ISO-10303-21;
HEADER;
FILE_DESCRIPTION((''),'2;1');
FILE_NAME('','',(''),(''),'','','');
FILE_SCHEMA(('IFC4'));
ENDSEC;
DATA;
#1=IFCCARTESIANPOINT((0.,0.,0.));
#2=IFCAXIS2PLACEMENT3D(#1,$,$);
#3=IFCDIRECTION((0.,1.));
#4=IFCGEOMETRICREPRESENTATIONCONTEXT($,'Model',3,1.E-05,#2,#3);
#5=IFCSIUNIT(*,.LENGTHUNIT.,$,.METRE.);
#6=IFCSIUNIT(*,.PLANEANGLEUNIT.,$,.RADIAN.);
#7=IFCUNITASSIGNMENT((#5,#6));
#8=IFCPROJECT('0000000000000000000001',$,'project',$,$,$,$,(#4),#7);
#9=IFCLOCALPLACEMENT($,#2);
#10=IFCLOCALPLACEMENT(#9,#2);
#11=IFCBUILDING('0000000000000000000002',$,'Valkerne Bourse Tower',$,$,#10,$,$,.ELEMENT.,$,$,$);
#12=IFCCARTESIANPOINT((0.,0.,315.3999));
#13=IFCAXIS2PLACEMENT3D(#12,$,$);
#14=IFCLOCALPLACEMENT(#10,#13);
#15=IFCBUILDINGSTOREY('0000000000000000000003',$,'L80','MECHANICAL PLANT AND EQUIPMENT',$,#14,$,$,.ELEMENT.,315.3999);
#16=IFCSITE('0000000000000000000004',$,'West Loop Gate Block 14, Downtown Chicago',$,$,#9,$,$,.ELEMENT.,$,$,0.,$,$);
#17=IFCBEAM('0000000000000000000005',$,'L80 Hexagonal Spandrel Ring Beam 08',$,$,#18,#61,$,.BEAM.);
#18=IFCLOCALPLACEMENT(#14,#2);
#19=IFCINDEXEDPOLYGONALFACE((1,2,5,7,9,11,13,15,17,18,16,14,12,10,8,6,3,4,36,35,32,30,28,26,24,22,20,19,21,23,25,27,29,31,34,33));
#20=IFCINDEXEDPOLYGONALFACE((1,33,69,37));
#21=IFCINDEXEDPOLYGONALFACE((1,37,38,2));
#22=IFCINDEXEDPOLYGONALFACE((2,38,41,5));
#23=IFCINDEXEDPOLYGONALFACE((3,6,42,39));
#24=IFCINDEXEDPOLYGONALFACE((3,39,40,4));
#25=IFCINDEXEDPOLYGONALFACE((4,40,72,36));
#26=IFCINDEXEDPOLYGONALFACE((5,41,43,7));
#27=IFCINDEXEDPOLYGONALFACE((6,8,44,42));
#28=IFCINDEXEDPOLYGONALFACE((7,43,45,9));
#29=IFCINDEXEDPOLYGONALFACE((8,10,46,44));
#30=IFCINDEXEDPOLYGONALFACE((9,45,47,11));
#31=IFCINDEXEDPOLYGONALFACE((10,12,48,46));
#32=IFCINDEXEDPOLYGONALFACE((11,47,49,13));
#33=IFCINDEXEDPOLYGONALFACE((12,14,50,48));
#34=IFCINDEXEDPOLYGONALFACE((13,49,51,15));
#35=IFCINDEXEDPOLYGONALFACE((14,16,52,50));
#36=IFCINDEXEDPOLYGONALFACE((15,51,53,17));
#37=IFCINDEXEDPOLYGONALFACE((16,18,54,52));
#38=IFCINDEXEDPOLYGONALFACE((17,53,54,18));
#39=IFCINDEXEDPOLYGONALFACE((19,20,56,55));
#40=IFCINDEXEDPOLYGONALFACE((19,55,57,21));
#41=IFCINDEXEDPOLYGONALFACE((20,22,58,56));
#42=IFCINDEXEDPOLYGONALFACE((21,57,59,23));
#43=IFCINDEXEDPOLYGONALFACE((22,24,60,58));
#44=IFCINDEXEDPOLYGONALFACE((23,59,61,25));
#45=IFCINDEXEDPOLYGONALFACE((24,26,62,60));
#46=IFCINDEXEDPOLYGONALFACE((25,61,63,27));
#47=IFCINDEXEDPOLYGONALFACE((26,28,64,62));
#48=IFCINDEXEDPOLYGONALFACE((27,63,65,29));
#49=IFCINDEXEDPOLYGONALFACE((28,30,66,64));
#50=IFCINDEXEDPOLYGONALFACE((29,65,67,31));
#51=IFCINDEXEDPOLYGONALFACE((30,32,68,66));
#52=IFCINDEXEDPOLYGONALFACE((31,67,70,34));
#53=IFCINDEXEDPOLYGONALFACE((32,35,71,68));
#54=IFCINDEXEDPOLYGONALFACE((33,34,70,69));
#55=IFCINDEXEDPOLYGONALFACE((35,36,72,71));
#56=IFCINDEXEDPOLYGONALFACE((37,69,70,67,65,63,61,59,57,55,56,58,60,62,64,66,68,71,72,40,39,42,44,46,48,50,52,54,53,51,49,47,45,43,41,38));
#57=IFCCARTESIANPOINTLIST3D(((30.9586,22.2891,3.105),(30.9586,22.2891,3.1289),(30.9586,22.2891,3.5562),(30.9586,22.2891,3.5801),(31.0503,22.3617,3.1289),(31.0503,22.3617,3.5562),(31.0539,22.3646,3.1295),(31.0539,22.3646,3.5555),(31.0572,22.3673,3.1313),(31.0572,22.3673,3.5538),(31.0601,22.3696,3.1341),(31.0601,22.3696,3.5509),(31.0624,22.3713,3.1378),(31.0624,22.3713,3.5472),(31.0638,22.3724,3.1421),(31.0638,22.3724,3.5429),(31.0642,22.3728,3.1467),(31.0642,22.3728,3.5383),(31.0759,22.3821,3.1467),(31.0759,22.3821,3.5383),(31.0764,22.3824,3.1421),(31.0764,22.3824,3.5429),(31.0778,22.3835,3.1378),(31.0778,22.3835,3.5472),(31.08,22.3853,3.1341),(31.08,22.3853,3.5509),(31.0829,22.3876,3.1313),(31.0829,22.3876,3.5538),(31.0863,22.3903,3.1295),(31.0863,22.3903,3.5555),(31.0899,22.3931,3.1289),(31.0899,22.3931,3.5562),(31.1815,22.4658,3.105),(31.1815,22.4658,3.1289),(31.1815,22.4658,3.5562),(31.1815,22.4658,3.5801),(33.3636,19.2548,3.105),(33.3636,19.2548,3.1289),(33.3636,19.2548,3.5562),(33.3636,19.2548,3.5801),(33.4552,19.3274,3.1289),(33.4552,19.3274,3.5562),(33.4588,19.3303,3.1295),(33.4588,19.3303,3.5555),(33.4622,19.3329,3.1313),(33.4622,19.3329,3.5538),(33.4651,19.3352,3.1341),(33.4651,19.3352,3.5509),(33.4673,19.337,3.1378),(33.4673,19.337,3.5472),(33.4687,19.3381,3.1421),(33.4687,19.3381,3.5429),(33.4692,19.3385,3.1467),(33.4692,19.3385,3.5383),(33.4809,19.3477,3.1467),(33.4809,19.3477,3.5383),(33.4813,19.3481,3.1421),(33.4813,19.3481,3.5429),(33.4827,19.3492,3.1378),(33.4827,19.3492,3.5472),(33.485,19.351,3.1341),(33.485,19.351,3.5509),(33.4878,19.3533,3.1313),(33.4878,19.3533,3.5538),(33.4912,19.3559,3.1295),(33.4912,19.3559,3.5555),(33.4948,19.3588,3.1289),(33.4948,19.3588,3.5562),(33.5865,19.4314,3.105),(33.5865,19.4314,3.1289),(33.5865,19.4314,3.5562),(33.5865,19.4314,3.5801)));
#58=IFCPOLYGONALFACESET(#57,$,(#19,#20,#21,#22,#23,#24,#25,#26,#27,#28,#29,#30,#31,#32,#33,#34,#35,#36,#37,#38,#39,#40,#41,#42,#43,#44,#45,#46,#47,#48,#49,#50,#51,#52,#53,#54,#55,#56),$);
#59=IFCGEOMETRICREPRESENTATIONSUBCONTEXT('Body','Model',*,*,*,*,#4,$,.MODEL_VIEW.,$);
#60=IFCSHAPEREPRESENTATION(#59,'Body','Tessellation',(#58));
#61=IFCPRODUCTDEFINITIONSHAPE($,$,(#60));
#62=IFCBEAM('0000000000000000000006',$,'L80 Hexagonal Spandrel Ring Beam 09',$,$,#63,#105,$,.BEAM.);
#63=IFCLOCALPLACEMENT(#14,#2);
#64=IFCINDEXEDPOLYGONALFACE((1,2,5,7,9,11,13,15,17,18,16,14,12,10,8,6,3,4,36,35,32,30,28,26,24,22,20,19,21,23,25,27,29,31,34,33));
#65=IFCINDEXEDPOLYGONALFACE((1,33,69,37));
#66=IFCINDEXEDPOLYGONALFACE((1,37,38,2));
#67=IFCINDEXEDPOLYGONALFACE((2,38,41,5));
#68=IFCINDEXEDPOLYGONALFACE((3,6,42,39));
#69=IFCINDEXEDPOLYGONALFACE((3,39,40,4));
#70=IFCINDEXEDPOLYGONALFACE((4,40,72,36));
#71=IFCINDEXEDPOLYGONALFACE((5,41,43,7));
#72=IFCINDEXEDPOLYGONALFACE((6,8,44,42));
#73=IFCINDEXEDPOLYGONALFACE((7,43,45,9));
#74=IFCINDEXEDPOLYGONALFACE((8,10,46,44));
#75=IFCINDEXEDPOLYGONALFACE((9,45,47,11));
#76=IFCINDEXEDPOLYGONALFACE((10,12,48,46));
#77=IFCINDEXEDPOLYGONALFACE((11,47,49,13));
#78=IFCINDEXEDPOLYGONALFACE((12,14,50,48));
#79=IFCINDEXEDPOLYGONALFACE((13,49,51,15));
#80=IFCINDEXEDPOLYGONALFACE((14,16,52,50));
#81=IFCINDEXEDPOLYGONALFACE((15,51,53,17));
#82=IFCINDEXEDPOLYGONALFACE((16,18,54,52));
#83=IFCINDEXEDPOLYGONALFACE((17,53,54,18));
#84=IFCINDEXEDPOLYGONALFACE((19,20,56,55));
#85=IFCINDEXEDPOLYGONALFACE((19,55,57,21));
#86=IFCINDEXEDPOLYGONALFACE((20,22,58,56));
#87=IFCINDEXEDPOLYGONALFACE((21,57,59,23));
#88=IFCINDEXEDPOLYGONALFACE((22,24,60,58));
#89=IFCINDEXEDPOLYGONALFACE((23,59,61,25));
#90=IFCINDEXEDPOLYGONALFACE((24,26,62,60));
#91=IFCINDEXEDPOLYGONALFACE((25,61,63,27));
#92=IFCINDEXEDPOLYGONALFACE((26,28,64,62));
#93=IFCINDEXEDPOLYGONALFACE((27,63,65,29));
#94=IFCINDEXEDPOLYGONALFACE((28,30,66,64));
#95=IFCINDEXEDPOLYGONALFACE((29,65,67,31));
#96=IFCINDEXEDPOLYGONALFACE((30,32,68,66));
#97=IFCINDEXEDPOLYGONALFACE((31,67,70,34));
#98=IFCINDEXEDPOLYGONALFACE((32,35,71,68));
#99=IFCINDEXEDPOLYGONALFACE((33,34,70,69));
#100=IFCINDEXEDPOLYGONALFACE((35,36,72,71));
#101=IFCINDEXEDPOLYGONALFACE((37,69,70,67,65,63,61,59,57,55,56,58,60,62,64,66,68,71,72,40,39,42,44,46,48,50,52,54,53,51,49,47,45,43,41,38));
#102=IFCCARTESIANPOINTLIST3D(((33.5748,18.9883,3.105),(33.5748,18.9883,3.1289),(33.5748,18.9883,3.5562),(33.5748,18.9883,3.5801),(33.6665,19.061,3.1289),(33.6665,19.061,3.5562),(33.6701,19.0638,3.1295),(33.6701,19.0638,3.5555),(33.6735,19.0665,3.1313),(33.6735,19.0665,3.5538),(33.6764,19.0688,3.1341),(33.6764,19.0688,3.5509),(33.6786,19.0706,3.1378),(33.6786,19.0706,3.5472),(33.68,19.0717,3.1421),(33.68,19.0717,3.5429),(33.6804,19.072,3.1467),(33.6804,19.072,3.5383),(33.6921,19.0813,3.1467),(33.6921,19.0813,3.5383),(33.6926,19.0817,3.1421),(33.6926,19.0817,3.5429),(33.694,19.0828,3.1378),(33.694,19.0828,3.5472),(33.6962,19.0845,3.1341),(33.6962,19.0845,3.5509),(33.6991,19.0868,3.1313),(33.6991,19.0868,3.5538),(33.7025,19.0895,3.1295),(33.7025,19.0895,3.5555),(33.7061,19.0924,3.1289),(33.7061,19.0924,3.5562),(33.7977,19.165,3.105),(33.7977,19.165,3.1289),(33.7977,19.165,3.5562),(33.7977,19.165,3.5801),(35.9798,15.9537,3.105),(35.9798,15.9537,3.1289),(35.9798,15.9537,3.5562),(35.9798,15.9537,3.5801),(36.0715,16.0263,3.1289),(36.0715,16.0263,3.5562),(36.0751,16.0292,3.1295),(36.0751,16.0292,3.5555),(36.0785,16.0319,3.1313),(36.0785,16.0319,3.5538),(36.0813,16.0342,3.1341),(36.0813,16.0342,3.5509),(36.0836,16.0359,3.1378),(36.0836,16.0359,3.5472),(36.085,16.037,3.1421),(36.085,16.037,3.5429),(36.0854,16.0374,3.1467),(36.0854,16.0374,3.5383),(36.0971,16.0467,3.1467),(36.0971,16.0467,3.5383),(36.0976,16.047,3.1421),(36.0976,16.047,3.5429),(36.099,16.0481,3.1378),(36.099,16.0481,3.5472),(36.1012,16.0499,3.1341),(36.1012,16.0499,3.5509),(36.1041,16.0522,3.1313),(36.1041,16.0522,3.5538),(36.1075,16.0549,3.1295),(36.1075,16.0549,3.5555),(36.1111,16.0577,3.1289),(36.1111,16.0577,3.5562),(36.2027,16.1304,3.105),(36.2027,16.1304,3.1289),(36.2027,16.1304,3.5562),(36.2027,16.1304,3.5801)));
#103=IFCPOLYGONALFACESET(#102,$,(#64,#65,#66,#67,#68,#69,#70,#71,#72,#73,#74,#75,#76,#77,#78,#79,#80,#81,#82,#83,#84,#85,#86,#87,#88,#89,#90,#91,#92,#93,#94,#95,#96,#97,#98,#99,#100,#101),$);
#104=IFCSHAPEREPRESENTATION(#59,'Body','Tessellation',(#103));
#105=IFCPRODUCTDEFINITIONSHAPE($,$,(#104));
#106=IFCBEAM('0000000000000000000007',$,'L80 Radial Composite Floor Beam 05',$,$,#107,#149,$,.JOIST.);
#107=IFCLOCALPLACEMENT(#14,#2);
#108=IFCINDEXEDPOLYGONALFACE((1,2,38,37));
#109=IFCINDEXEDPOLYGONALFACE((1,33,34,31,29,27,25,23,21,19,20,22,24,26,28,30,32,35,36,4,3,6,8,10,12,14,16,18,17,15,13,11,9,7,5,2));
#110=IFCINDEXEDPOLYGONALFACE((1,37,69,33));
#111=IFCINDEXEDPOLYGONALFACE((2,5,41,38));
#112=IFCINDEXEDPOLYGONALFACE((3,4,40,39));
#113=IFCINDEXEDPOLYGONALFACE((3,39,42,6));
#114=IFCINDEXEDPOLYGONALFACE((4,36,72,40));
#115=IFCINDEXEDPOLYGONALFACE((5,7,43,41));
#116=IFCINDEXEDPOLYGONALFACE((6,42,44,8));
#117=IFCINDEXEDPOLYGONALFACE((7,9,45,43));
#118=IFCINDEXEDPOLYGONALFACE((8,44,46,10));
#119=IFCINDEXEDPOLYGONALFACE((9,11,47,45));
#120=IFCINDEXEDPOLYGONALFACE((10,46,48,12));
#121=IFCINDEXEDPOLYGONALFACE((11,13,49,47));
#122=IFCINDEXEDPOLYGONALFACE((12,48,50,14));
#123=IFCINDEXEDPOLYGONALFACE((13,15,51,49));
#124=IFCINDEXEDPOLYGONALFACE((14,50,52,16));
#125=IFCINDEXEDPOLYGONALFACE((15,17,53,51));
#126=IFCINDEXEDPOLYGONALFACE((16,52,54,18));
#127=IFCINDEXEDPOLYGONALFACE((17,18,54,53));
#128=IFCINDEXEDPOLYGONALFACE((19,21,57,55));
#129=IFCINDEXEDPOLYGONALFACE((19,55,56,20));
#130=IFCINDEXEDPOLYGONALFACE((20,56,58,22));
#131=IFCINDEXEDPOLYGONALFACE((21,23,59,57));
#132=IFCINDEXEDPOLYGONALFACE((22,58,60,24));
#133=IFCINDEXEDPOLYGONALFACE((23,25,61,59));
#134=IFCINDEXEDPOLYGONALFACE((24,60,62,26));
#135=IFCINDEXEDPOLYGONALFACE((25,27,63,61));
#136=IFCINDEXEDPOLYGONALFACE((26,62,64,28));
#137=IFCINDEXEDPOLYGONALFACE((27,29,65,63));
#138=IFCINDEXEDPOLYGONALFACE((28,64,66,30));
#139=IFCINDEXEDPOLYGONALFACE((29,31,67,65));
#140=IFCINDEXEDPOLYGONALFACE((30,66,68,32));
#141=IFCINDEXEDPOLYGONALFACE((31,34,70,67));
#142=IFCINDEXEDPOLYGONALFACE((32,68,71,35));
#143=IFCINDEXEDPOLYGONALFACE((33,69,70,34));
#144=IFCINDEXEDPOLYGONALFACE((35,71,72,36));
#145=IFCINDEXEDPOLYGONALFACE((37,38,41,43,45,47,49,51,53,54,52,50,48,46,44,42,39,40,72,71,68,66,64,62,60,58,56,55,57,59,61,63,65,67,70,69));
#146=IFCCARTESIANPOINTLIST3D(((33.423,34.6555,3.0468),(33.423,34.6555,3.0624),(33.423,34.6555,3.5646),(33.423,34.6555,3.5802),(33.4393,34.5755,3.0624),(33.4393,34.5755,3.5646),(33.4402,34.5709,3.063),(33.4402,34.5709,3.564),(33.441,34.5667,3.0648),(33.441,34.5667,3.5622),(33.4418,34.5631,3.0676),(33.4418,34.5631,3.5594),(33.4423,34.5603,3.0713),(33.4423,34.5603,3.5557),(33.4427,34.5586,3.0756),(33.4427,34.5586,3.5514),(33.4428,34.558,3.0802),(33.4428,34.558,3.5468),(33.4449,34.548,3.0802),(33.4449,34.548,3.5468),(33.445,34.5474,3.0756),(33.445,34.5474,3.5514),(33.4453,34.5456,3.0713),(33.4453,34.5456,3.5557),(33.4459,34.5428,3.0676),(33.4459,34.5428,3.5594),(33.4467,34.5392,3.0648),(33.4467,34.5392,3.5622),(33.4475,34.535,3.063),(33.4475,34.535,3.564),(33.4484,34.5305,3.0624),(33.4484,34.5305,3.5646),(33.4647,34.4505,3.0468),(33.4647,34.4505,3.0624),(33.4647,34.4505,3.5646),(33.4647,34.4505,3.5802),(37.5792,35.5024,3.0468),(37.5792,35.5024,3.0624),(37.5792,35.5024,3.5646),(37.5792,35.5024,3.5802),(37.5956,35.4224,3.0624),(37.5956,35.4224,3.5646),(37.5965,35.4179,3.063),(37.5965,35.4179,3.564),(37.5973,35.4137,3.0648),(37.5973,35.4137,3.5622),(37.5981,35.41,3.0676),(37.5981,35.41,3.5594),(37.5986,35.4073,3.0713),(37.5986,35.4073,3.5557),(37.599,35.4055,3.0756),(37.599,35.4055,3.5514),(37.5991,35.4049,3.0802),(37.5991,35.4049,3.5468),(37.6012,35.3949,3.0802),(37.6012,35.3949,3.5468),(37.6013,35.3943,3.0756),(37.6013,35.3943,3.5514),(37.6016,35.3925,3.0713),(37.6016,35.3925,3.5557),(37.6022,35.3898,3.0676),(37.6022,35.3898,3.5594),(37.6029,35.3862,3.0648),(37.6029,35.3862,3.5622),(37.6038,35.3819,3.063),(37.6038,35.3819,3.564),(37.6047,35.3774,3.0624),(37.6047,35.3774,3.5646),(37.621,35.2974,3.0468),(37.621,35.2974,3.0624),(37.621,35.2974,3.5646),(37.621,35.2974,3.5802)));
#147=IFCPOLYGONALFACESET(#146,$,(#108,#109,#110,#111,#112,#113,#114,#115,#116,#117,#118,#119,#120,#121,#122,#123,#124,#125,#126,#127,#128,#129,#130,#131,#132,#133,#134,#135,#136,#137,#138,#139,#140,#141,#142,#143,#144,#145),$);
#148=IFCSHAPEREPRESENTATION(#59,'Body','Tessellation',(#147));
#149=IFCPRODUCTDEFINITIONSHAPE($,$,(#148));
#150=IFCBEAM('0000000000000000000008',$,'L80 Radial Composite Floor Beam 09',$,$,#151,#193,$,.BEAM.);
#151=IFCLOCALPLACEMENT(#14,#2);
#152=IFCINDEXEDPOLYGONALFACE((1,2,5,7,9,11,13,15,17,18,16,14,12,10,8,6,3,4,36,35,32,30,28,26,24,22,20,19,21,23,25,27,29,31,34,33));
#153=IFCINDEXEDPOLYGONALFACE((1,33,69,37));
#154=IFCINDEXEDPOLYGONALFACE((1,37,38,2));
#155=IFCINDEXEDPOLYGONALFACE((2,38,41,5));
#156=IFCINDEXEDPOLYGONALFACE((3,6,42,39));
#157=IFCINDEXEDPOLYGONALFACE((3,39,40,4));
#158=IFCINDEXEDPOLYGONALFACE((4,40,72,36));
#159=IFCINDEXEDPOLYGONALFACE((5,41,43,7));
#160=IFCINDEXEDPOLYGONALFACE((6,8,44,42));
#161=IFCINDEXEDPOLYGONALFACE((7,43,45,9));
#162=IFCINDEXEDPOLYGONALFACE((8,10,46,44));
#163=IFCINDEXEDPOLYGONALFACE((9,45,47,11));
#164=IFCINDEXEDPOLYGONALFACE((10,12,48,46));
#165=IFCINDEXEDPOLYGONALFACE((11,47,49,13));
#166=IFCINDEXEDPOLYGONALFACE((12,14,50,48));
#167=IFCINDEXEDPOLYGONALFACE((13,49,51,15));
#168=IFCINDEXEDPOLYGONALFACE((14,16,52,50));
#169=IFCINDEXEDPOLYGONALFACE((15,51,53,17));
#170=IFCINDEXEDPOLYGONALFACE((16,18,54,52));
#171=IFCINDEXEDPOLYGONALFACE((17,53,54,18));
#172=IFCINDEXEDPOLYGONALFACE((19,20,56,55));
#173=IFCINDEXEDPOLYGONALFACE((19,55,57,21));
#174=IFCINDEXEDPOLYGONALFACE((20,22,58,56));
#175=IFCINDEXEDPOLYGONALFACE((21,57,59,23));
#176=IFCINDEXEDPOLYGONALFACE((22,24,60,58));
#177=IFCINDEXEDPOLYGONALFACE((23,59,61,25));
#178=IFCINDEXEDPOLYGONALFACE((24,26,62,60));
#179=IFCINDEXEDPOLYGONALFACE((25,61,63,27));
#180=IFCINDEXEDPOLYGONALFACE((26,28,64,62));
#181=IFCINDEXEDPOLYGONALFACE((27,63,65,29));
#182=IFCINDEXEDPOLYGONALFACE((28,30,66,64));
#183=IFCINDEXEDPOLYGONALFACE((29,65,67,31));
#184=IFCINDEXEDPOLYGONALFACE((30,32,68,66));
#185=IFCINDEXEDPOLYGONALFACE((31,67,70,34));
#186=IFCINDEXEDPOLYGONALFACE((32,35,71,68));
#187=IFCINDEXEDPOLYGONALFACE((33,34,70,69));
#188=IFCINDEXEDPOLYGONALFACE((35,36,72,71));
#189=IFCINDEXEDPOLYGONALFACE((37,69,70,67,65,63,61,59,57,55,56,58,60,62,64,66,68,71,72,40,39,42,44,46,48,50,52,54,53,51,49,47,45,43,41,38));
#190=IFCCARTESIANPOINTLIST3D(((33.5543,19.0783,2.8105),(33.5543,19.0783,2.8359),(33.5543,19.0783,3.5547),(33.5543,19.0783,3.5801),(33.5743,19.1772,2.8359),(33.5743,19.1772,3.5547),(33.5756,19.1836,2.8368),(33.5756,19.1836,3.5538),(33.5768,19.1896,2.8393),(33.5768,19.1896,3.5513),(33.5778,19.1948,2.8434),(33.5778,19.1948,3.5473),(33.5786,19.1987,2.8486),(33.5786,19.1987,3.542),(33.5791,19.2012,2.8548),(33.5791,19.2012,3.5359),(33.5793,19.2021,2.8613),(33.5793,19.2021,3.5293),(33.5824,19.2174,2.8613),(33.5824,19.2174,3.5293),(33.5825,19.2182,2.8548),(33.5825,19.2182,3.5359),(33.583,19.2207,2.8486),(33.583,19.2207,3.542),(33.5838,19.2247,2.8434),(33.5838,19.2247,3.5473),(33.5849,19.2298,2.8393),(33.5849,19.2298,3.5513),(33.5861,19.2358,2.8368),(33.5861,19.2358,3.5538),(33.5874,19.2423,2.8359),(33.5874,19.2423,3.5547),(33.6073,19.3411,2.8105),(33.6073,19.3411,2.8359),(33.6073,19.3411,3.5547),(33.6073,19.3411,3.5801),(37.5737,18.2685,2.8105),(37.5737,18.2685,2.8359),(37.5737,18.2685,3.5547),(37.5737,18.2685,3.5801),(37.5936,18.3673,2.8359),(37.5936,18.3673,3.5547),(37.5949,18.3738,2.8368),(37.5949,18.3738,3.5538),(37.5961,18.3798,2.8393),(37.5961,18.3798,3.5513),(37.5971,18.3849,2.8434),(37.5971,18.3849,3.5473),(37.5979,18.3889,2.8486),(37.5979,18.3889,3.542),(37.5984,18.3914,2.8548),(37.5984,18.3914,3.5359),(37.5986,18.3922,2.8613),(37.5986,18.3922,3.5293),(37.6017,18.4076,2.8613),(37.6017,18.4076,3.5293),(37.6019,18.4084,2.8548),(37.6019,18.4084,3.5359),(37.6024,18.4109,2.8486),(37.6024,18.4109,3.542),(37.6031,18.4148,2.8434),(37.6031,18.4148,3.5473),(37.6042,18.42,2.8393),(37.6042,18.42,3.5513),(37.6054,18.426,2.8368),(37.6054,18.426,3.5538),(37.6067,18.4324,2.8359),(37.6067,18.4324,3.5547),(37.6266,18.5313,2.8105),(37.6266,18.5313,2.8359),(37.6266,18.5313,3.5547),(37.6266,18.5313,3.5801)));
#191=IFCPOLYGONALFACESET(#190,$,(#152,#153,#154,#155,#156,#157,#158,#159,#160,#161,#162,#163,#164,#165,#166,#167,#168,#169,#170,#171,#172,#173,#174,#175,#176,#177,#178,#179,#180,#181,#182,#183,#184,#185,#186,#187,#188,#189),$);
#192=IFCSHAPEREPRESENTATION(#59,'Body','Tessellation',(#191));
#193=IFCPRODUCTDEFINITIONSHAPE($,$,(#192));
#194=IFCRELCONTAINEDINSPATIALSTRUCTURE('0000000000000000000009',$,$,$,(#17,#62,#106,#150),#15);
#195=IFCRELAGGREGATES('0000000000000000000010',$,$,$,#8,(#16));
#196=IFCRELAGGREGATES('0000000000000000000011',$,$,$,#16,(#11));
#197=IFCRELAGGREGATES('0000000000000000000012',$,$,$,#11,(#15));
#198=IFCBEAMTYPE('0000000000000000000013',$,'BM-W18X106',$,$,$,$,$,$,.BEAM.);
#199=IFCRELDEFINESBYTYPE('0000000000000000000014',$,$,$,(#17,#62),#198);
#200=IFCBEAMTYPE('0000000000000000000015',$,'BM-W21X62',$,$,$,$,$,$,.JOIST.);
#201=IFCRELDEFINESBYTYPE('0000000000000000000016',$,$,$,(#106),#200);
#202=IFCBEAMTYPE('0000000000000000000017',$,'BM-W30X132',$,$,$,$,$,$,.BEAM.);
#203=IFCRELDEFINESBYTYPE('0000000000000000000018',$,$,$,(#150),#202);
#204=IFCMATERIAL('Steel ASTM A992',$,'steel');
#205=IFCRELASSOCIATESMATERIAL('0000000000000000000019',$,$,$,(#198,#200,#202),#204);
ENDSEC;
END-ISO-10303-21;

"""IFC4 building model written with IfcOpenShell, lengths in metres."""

from ifc_helpers import new_model, si_unit, direction, frame, origin, origin_2d, place, context, subcontext, project, spatial, i_section, extrude, material, material_profile, profile_set, type_object, element, save


model = new_model("IFC4")

# Units and contexts
model_context = context("Model", 3, precision=1e-05, world=origin(), true_north=direction((0.0, 1.0)))
body_context = subcontext(model_context, "Body", "Model", "MODEL_VIEW")
ifc_project = project(units=[si_unit("LENGTHUNIT", "METRE"), si_unit("PLANEANGLEUNIT", "RADIAN")], contexts=[model_context])

# Site, building, storey
site_placement = place(None, origin())
site = spatial("IfcSite", under=ifc_project, at=site_placement, Name="West Loop Gate Block 14, Downtown Chicago", CompositionType="ELEMENT", RefElevation=0.0)
building_placement = place(site_placement, origin())
building = spatial("IfcBuilding", under=site, at=building_placement, Name="Valkerne Bourse Tower", CompositionType="ELEMENT")
storey_placement = place(building_placement, frame((0.0, 0.0, 315.3999)))
storey = spatial("IfcBuildingStorey", under=building, at=storey_placement, Name="L80", Description="MECHANICAL PLANT AND EQUIPMENT", CompositionType="ELEMENT", Elevation=315.3999)

# Beams
ifc_material_1 = material(Name="Steel ASTM A992", Category="steel")
ifc_material_profile_1 = material_profile(ifc_material_1, i_section(OverallWidth=0.2844, OverallDepth=0.4751, WebThickness=0.0149, FlangeThickness=0.0239, FilletRadius=0.0178, at=origin_2d()), Name="W18X106")
ifc_profile_set_1 = profile_set([ifc_material_profile_1], Name="Steel ASTM A992")
beam_type_1 = type_object("IfcBeamType", Name="BM-W18X106", PredefinedType="BEAM", material=ifc_profile_set_1)
beam_1_placement = place(storey_placement, frame((31.0701, 22.3774, 3.3425), z_axis=(0.621144, -0.783697, 0.0), x_axis=(0.783697, 0.621144, 0.0)))
element("IfcBeam", 1, at=beam_1_placement, inside=storey, type_object=beam_type_1, Name="L80 Hexagonal Spandrel Ring Beam 08", PredefinedType="BEAM", context=body_context, shape_type="SweptSolid", body=[
    extrude(i_section(OverallWidth=0.2844, OverallDepth=0.4751, WebThickness=0.0149, FlangeThickness=0.0239, FilletRadius=0.0178, at=origin_2d()), origin(), (0.0, 0.0, 1.0), 3.8718),
])
beam_2_placement = place(storey_placement, frame((33.6863, 19.0767, 3.3425), z_axis=(0.621113, -0.783721, 0.0), x_axis=(0.783721, 0.621113, 0.0)))
element("IfcBeam", 2, at=beam_2_placement, inside=storey, type_object=beam_type_1, Name="L80 Hexagonal Spandrel Ring Beam 09", PredefinedType="BEAM", context=body_context, shape_type="SweptSolid", body=[
    extrude(i_section(OverallWidth=0.2844, OverallDepth=0.4751, WebThickness=0.0149, FlangeThickness=0.0239, FilletRadius=0.0178, at=origin_2d()), origin(), (0.0, 0.0, 1.0), 3.8721),
])
ifc_material_profile_2 = material_profile(ifc_material_1, i_section(OverallWidth=0.2092, OverallDepth=0.5334, WebThickness=0.0103, FlangeThickness=0.0156, FilletRadius=0.0178, at=origin_2d()), Name="W21X62")
ifc_profile_set_2 = profile_set([ifc_material_profile_2], Name="Steel ASTM A992")
beam_type_2 = type_object("IfcBeamType", Name="BM-W21X62", PredefinedType="JOIST", material=ifc_profile_set_2)
beam_3_placement = place(storey_placement, frame((33.4438, 34.553, 3.3135), z_axis=(0.979864, 0.199668, 0.0), x_axis=(-0.199668, 0.979864, 0.0)))
element("IfcBeam", 3, at=beam_3_placement, inside=storey, type_object=beam_type_2, Name="L80 Radial Composite Floor Beam 05", PredefinedType="JOIST", context=body_context, shape_type="SweptSolid", body=[
    extrude(i_section(OverallWidth=0.2092, OverallDepth=0.5334, WebThickness=0.0103, FlangeThickness=0.0156, FilletRadius=0.0178, at=origin_2d()), origin(), (0.0, 0.0, 1.0), 4.2417),
])
ifc_material_profile_3 = material_profile(ifc_material_1, i_section(OverallWidth=0.2681, OverallDepth=0.7695, WebThickness=0.0156, FlangeThickness=0.0254, FilletRadius=0.0254, at=origin_2d()), Name="W30X132")
ifc_profile_set_3 = profile_set([ifc_material_profile_3], Name="Steel ASTM A992")
beam_type_3 = type_object("IfcBeamType", Name="BM-W30X132", PredefinedType="BEAM", material=ifc_profile_set_3)
beam_4_placement = place(storey_placement, frame((33.5808, 19.2097, 3.1953), z_axis=(0.9803, -0.197513, 0.0), x_axis=(0.197513, 0.9803, 0.0)))
element("IfcBeam", 4, at=beam_4_placement, inside=storey, type_object=beam_type_3, Name="L80 Radial Composite Floor Beam 09", PredefinedType="BEAM", context=body_context, shape_type="SweptSolid", body=[
    extrude(i_section(OverallWidth=0.2681, OverallDepth=0.7695, WebThickness=0.0156, FlangeThickness=0.0254, FilletRadius=0.0254, at=origin_2d()), origin(), (0.0, 0.0, 1.0), 4.1001),
])

save(model, "model.ifc")
